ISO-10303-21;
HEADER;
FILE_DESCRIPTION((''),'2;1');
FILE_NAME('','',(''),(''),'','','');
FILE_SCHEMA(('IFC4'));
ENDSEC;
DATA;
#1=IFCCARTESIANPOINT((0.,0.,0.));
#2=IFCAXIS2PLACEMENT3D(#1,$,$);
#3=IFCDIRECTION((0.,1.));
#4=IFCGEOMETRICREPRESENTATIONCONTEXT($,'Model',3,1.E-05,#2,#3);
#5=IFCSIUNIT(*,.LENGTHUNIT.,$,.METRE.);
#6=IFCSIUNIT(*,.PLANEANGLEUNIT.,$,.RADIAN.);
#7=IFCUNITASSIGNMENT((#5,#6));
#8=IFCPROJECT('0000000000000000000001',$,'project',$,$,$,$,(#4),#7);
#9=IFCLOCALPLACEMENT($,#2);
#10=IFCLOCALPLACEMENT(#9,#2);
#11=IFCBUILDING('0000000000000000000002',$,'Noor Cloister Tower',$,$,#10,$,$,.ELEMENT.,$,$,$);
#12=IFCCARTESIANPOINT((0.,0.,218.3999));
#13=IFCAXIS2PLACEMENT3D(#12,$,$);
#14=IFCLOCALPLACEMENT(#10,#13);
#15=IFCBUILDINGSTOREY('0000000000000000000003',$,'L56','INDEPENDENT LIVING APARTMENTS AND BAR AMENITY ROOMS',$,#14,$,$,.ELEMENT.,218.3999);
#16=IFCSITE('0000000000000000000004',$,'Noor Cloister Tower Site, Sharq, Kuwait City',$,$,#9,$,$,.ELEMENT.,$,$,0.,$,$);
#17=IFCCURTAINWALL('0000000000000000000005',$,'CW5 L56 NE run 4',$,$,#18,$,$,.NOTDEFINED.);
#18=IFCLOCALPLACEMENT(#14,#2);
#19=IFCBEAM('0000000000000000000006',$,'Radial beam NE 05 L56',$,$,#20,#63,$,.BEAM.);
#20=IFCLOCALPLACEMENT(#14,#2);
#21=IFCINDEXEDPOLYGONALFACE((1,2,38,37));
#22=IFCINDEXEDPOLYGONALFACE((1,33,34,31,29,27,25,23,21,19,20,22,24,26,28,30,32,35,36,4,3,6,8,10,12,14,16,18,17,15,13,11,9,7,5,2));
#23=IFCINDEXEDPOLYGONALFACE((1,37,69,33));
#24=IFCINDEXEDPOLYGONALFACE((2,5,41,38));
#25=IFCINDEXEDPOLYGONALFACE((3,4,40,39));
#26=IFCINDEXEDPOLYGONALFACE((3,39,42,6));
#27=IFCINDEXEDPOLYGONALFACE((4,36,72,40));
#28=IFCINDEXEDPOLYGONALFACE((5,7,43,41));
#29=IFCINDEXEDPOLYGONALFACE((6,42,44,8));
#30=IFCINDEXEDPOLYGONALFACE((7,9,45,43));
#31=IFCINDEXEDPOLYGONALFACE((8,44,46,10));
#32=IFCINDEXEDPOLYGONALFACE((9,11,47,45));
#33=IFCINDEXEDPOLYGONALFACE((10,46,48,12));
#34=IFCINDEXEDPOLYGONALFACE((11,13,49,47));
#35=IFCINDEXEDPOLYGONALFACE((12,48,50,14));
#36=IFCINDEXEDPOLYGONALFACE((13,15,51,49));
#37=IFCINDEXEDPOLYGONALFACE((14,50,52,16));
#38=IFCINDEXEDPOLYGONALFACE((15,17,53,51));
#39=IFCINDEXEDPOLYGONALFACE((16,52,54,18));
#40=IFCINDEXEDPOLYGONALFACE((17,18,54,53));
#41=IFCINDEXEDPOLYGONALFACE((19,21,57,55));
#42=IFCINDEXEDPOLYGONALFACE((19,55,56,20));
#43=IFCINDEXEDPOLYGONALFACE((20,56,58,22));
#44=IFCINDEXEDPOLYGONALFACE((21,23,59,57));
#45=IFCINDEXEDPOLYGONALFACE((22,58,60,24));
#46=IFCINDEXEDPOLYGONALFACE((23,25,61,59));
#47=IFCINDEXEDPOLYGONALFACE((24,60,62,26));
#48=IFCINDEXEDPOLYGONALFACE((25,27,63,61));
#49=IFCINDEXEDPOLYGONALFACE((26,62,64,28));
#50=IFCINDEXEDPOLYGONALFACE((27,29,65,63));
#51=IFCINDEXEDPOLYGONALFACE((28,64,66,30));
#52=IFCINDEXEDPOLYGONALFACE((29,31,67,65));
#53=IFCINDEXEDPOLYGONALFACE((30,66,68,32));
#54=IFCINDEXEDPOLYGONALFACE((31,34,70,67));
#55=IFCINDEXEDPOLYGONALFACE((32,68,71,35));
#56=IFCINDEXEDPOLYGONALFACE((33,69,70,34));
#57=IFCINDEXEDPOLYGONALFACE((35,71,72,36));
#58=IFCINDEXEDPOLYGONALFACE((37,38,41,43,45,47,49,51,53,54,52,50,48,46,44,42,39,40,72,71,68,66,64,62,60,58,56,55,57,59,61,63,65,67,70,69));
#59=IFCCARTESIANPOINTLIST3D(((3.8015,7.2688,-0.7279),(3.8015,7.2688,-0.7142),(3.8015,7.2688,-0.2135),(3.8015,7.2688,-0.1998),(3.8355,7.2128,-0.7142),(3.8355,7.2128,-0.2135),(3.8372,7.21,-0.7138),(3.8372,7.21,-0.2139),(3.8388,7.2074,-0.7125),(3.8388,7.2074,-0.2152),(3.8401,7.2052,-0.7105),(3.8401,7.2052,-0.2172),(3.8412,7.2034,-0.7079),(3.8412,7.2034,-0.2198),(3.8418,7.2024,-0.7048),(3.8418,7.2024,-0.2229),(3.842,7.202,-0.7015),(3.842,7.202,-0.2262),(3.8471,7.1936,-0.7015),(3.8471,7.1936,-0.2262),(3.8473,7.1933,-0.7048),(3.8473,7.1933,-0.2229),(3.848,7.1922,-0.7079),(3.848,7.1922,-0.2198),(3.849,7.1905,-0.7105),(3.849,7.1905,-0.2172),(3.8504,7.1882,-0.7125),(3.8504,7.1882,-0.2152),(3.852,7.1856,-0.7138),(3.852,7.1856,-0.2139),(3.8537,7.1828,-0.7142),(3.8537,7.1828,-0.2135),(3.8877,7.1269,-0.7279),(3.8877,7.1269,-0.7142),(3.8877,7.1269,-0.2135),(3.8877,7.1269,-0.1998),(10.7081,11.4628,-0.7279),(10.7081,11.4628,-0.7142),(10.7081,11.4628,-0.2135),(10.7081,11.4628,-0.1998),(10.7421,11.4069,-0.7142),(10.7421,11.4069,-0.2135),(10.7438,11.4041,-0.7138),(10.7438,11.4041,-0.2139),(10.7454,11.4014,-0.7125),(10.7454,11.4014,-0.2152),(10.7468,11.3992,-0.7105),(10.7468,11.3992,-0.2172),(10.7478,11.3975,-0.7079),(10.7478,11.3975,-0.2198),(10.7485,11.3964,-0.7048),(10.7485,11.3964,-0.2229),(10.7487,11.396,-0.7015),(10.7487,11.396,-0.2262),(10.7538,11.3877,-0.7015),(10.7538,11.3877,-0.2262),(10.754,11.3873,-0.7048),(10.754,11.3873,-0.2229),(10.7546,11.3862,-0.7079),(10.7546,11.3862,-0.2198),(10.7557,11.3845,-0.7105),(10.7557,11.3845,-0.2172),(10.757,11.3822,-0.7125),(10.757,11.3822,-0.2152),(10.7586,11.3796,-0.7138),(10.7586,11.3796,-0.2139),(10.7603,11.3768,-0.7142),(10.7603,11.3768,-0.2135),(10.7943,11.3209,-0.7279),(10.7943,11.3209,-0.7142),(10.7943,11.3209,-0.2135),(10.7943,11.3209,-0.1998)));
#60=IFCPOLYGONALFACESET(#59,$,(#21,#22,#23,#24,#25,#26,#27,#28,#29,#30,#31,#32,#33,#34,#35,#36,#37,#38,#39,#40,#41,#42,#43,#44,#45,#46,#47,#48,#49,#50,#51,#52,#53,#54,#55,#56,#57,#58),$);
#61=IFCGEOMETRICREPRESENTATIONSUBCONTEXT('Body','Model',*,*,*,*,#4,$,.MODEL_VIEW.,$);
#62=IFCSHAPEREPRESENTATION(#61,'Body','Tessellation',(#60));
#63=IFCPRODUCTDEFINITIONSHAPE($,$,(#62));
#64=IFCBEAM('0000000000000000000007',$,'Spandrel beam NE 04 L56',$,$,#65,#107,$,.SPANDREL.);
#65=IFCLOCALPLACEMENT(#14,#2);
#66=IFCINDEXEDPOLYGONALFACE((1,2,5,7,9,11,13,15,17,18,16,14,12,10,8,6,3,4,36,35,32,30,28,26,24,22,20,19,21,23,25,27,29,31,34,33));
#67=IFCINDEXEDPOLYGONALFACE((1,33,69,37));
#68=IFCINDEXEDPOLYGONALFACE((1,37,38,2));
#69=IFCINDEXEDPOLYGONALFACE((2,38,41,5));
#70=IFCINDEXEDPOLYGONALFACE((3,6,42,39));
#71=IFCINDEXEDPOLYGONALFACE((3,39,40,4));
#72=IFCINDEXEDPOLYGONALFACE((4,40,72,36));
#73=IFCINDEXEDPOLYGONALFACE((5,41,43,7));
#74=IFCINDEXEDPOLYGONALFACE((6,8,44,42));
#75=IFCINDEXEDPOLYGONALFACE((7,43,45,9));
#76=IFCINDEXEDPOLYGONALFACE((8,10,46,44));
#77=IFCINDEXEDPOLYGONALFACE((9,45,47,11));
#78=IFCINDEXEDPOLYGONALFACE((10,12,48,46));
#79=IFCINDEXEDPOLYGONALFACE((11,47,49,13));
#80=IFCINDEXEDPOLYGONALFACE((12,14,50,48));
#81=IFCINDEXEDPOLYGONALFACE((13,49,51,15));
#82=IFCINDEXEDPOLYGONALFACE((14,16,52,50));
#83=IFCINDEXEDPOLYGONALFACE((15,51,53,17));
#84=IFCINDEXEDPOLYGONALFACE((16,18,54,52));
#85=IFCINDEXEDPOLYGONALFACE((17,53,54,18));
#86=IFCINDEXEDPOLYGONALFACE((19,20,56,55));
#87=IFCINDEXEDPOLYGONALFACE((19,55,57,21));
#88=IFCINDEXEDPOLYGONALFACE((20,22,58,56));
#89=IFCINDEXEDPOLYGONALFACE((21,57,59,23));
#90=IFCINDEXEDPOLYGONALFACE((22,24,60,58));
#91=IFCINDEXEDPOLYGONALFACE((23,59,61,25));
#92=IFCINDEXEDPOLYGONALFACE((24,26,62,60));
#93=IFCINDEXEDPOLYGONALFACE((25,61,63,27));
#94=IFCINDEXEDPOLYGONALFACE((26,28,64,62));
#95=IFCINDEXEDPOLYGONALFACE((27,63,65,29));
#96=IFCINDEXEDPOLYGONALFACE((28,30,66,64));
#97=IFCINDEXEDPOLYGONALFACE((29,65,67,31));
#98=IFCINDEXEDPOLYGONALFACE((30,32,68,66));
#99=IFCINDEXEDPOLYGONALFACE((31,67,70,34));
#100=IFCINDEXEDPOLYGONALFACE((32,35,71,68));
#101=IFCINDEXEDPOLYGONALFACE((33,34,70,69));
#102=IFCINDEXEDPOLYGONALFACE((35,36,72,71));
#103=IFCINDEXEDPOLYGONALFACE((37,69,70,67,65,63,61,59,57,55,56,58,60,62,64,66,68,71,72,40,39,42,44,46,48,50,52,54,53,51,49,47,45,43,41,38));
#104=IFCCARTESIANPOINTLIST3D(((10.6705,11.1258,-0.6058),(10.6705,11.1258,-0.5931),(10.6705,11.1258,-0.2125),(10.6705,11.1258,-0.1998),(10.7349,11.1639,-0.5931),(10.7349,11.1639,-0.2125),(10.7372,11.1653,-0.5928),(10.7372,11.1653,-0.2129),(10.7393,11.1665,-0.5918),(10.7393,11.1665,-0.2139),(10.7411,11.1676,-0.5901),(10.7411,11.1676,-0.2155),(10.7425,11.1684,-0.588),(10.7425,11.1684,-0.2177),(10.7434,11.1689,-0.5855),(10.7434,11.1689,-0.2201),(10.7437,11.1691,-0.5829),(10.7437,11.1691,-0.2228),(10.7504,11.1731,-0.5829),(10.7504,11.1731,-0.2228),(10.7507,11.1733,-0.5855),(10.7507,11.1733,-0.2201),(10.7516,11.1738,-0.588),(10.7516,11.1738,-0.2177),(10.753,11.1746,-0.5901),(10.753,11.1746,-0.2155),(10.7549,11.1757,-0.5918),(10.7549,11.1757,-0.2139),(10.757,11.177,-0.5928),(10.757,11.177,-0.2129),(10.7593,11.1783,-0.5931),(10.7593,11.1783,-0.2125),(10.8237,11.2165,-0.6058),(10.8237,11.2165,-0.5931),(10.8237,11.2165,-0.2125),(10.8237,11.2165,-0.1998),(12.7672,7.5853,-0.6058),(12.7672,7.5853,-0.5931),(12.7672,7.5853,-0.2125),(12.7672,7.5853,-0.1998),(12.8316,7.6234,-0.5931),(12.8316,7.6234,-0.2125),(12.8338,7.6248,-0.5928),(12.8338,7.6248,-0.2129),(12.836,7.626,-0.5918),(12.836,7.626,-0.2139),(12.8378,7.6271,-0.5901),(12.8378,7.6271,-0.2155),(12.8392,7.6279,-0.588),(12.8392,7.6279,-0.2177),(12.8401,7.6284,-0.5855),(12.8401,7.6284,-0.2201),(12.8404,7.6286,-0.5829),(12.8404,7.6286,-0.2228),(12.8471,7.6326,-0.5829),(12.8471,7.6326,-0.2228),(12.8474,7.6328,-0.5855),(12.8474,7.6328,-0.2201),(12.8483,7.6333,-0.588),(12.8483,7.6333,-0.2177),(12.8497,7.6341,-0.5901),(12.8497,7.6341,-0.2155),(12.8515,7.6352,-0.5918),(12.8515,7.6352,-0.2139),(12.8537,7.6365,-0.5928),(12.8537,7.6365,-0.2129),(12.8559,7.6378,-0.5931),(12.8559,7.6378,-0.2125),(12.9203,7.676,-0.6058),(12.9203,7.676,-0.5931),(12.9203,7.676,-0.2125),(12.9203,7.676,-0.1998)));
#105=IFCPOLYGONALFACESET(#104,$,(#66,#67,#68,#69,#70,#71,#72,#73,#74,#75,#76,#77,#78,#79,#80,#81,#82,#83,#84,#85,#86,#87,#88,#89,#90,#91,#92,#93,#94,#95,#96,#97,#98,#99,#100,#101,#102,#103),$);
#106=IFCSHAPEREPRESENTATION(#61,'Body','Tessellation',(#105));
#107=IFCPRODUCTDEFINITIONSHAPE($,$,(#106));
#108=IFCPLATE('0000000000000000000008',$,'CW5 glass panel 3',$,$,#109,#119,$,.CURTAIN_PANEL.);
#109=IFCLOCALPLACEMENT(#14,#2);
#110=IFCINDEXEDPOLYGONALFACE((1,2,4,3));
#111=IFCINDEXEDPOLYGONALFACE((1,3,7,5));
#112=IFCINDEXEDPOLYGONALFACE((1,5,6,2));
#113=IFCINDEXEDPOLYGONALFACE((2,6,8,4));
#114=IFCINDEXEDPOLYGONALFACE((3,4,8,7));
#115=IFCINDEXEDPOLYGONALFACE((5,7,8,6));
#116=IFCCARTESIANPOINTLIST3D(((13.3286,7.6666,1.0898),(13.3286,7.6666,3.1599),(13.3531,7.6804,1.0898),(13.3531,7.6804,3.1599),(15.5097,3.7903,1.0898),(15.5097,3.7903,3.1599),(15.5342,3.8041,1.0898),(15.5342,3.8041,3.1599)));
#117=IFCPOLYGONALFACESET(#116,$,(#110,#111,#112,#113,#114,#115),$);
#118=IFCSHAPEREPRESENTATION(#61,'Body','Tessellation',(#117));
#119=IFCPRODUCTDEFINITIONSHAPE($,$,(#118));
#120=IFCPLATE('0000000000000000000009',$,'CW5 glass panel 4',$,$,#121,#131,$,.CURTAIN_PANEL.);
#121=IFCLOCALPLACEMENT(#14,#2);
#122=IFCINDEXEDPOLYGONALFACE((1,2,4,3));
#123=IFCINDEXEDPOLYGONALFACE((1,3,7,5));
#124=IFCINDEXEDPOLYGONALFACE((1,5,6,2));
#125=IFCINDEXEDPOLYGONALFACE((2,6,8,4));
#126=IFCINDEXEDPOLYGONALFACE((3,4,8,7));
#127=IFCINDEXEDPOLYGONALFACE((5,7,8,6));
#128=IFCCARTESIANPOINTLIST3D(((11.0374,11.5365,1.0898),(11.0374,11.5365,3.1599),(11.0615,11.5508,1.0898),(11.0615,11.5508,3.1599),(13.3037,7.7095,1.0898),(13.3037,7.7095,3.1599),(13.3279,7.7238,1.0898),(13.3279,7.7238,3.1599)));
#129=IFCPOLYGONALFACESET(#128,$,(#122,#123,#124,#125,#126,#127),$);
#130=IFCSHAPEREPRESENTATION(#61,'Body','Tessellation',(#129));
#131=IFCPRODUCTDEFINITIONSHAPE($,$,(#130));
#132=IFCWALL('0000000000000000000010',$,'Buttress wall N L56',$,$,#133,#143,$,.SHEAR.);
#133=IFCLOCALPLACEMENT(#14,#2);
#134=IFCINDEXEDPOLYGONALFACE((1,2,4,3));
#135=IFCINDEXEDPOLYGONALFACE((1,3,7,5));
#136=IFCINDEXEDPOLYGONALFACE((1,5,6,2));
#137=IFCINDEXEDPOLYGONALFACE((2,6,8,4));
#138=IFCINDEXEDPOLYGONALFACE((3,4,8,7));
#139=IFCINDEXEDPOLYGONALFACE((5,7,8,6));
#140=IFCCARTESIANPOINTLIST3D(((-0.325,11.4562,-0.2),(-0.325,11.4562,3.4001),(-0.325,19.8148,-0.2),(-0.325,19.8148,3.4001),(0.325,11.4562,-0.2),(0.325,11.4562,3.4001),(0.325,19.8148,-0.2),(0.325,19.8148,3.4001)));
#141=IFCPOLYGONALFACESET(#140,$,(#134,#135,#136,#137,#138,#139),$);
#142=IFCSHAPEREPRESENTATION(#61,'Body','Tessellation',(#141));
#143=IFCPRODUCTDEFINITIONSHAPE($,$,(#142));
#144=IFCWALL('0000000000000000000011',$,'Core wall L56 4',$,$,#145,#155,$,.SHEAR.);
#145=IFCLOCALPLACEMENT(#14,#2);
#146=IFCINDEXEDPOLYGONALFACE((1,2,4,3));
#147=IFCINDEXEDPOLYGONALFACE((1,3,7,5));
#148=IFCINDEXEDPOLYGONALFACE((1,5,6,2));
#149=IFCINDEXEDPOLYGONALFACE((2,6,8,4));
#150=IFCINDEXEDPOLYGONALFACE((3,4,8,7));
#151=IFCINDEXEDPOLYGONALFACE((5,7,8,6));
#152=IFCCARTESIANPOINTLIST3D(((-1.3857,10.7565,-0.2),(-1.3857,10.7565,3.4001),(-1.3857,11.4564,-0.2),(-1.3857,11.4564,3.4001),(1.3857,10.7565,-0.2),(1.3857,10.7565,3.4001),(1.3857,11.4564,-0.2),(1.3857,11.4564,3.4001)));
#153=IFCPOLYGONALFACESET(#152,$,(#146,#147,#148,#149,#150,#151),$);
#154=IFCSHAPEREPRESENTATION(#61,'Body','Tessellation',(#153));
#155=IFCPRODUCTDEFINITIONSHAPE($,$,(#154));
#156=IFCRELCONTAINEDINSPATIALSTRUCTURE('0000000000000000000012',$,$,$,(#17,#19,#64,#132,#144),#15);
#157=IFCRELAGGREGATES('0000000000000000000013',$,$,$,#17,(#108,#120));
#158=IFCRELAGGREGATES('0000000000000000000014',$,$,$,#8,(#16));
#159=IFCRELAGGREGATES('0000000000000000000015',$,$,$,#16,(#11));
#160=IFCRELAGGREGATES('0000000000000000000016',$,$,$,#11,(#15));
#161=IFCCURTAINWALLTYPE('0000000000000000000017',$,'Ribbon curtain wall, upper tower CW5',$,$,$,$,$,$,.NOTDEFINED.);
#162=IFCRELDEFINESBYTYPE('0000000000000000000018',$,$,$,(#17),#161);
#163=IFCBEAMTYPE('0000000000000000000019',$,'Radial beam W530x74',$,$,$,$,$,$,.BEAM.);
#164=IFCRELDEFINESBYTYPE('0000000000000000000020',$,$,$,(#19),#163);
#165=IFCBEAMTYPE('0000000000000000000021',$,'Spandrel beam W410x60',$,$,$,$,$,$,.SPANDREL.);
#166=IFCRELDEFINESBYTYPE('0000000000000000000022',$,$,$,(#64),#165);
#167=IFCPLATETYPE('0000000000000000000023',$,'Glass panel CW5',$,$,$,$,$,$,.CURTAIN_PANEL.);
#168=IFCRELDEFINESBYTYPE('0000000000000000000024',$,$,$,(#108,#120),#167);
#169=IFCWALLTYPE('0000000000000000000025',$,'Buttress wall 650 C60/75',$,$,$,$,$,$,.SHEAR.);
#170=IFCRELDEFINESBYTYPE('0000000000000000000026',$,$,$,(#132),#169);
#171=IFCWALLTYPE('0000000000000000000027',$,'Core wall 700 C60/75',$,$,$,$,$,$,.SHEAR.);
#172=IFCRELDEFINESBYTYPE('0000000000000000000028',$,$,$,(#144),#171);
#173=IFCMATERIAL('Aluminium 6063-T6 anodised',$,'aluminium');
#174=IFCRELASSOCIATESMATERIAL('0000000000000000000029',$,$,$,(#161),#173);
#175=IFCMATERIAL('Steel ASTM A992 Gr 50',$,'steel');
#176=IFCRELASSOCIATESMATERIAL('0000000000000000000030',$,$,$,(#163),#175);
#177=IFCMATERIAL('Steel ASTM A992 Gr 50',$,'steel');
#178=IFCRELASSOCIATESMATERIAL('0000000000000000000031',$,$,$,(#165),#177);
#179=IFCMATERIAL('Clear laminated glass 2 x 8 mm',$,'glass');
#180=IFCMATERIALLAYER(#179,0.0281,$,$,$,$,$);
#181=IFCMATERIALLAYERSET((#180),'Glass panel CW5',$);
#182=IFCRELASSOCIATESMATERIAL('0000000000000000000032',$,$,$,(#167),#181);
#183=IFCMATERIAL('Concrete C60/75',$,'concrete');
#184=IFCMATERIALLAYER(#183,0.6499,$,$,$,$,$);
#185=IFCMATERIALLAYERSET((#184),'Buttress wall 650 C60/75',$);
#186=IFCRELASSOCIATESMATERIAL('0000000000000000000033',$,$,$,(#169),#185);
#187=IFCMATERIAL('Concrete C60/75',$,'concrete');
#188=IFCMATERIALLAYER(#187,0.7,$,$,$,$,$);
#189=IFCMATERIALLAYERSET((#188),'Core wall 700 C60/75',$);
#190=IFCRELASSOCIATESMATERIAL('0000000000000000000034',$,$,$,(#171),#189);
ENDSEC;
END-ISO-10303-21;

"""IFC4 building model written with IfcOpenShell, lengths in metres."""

from ifc_helpers import new_model, si_unit, direction, frame, frame_2d, origin, origin_2d, place, context, subcontext, project, spatial, rectangle, i_section, extrude, material, layer, layer_set, material_profile, profile_set, type_object, element, aggregate, save


model = new_model("IFC4")

# Units and contexts
model_context = context("Model", 3, precision=1e-05, world=origin(), true_north=direction((0.0, 1.0)))
body_context = subcontext(model_context, "Body", "Model", "MODEL_VIEW")
ifc_project = project(units=[si_unit("LENGTHUNIT", "METRE"), si_unit("PLANEANGLEUNIT", "RADIAN")], contexts=[model_context])

# Site, building, storey
site_placement = place(None, origin())
site = spatial("IfcSite", under=ifc_project, at=site_placement, Name="Noor Cloister Tower Site, Sharq, Kuwait City", CompositionType="ELEMENT", RefElevation=0.0)
building_placement = place(site_placement, origin())
building = spatial("IfcBuilding", under=site, at=building_placement, Name="Noor Cloister Tower", CompositionType="ELEMENT")
storey_placement = place(building_placement, frame((0.0, 0.0, 218.3999)))
storey = spatial("IfcBuildingStorey", under=building, at=storey_placement, Name="L56", Description="INDEPENDENT LIVING APARTMENTS AND BAR AMENITY ROOMS", CompositionType="ELEMENT", Elevation=218.3999)

# Curtain wall
ifc_material_1 = material(Name="Aluminium 6063-T6 anodised", Category="aluminium")
curtain_wall_type = type_object("IfcCurtainWallType", Name="Ribbon curtain wall, upper tower CW5", PredefinedType="NOTDEFINED", material=ifc_material_1)
curtain_wall_placement = place(storey_placement, origin())
curtain_wall = element("IfcCurtainWall", 1, at=curtain_wall_placement, inside=storey, type_object=curtain_wall_type, Name="CW5 L56 NE run 4", PredefinedType="NOTDEFINED")

# Beams
ifc_material_2 = material(Name="Steel ASTM A992 Gr 50", Category="steel")
ifc_material_profile_1 = material_profile(ifc_material_2, i_section(OverallWidth=0.166, OverallDepth=0.5281, WebThickness=0.0098, FlangeThickness=0.0137, FilletRadius=0.0127, at=origin_2d()), Name="W530x74")
ifc_profile_set_1 = profile_set([ifc_material_profile_1], Name="Steel ASTM A992 Gr 50")
beam_type_1 = type_object("IfcBeamType", Name="Radial beam W530x74", PredefinedType="BEAM", material=ifc_profile_set_1)
beam_1_placement = place(storey_placement, frame((10.7512, 11.3918, -0.4639), z_axis=(-0.854748, -0.519043, 0.0), x_axis=(0.519043, -0.854748, 0.0)))
element("IfcBeam", 2, at=beam_1_placement, inside=storey, type_object=beam_type_1, Name="Radial beam NE 05 L56", PredefinedType="BEAM", context=body_context, shape_type="SweptSolid", body=[
    extrude(i_section(OverallWidth=0.166, OverallDepth=0.5281, WebThickness=0.0098, FlangeThickness=0.0137, FilletRadius=0.0127, at=origin_2d()), origin(), (0.0, 0.0, 1.0), 8.0803),
])
ifc_material_3 = material(Name="Steel ASTM A992 Gr 50", Category="steel")
ifc_material_profile_2 = material_profile(ifc_material_3, i_section(OverallWidth=0.178, OverallDepth=0.406, WebThickness=0.0078, FlangeThickness=0.0127, FilletRadius=0.0103, at=origin_2d()), Name="W410x60")
ifc_profile_set_2 = profile_set([ifc_material_profile_2], Name="Steel ASTM A992 Gr 50")
beam_type_2 = type_object("IfcBeamType", Name="Spandrel beam W410x60", PredefinedType="SPANDREL", material=ifc_profile_set_2)
beam_2_placement = place(storey_placement, frame((12.8438, 7.6306, -0.4028), z_axis=(-0.509549, 0.860442, 0.0), x_axis=(-0.860442, -0.509549, 0.0)))
element("IfcBeam", 3, at=beam_2_placement, inside=storey, type_object=beam_type_2, Name="Spandrel beam NE 04 L56", PredefinedType="SPANDREL", context=body_context, shape_type="SweptSolid", body=[
    extrude(i_section(OverallWidth=0.178, OverallDepth=0.406, WebThickness=0.0078, FlangeThickness=0.0127, FilletRadius=0.0103, at=origin_2d()), origin(), (0.0, 0.0, 1.0), 4.1147),
])

# Plates
ifc_material_4 = material(Name="Clear laminated glass 2 x 8 mm", Category="glass")
ifc_layer_1 = layer(ifc_material_4, 0.0281)
ifc_layer_set_1 = layer_set([ifc_layer_1], Name="Glass panel CW5")
plate_type = type_object("IfcPlateType", Name="Glass panel CW5", PredefinedType="CURTAIN_PANEL", material=ifc_layer_set_1)
plate_1_placement = place(storey_placement, frame((14.4314, 5.7354, 1.0898), z_axis=(0.0, 0.0, 1.0), x_axis=(-0.490386, 0.871506, 0.0)))
plate_1 = element("IfcPlate", 4, at=plate_1_placement, type_object=plate_type, Name="CW5 glass panel 3", PredefinedType="CURTAIN_PANEL", context=body_context, shape_type="SweptSolid", body=[
    extrude(rectangle(XDim=4.4478, YDim=0.0281, at=origin_2d()), origin(), (0.0, 0.0, 1.0), 2.0701),
])
plate_2_placement = place(storey_placement, frame((12.1826, 9.6301, 1.0898), z_axis=(0.0, 0.0, 1.0), x_axis=(-0.509553, 0.860439, 0.0)))
plate_2 = element("IfcPlate", 5, at=plate_2_placement, type_object=plate_type, Name="CW5 glass panel 4", PredefinedType="CURTAIN_PANEL", context=body_context, shape_type="SweptSolid", body=[
    extrude(rectangle(XDim=4.4478, YDim=0.0281, at=origin_2d()), origin(), (0.0, 0.0, 1.0), 2.0701),
])
aggregate(curtain_wall, [plate_1, plate_2])

# Walls
ifc_material_5 = material(Name="Concrete C60/75", Category="concrete")
ifc_layer_2 = layer(ifc_material_5, 0.6499)
ifc_layer_set_2 = layer_set([ifc_layer_2], Name="Buttress wall 650 C60/75")
wall_type_1 = type_object("IfcWallType", Name="Buttress wall 650 C60/75", PredefinedType="SHEAR", material=ifc_layer_set_2)
wall_1_placement = place(storey_placement, frame((0.0, 11.4563, -0.2), z_axis=(0.0, 0.0, 1.0), x_axis=(0.0, 1.0, 0.0)))
element("IfcWall", 6, at=wall_1_placement, inside=storey, type_object=wall_type_1, Name="Buttress wall N L56", PredefinedType="SHEAR", context=body_context, shape_type="SweptSolid", body=[
    extrude(rectangle(XDim=8.3586, YDim=0.6499, at=frame_2d((4.1792, 0.0))), origin(), (0.0, 0.0, 1.0), 3.6001),
])
ifc_material_6 = material(Name="Concrete C60/75", Category="concrete")
ifc_layer_3 = layer(ifc_material_6, 0.7)
ifc_layer_set_3 = layer_set([ifc_layer_3], Name="Core wall 700 C60/75")
wall_type_2 = type_object("IfcWallType", Name="Core wall 700 C60/75", PredefinedType="SHEAR", material=ifc_layer_set_3)
wall_2_placement = place(storey_placement, frame((1.3857, 11.1064, -0.2), z_axis=(0.0, 0.0, 1.0), x_axis=(-1.0, 0.0, 0.0)))
element("IfcWall", 7, at=wall_2_placement, inside=storey, type_object=wall_type_2, Name="Core wall L56 4", PredefinedType="SHEAR", context=body_context, shape_type="SweptSolid", body=[
    extrude(rectangle(XDim=2.7715, YDim=0.7, at=frame_2d((1.3857, 0.0))), origin(), (0.0, 0.0, 1.0), 3.6001),
])

save(model, "model.ifc")
